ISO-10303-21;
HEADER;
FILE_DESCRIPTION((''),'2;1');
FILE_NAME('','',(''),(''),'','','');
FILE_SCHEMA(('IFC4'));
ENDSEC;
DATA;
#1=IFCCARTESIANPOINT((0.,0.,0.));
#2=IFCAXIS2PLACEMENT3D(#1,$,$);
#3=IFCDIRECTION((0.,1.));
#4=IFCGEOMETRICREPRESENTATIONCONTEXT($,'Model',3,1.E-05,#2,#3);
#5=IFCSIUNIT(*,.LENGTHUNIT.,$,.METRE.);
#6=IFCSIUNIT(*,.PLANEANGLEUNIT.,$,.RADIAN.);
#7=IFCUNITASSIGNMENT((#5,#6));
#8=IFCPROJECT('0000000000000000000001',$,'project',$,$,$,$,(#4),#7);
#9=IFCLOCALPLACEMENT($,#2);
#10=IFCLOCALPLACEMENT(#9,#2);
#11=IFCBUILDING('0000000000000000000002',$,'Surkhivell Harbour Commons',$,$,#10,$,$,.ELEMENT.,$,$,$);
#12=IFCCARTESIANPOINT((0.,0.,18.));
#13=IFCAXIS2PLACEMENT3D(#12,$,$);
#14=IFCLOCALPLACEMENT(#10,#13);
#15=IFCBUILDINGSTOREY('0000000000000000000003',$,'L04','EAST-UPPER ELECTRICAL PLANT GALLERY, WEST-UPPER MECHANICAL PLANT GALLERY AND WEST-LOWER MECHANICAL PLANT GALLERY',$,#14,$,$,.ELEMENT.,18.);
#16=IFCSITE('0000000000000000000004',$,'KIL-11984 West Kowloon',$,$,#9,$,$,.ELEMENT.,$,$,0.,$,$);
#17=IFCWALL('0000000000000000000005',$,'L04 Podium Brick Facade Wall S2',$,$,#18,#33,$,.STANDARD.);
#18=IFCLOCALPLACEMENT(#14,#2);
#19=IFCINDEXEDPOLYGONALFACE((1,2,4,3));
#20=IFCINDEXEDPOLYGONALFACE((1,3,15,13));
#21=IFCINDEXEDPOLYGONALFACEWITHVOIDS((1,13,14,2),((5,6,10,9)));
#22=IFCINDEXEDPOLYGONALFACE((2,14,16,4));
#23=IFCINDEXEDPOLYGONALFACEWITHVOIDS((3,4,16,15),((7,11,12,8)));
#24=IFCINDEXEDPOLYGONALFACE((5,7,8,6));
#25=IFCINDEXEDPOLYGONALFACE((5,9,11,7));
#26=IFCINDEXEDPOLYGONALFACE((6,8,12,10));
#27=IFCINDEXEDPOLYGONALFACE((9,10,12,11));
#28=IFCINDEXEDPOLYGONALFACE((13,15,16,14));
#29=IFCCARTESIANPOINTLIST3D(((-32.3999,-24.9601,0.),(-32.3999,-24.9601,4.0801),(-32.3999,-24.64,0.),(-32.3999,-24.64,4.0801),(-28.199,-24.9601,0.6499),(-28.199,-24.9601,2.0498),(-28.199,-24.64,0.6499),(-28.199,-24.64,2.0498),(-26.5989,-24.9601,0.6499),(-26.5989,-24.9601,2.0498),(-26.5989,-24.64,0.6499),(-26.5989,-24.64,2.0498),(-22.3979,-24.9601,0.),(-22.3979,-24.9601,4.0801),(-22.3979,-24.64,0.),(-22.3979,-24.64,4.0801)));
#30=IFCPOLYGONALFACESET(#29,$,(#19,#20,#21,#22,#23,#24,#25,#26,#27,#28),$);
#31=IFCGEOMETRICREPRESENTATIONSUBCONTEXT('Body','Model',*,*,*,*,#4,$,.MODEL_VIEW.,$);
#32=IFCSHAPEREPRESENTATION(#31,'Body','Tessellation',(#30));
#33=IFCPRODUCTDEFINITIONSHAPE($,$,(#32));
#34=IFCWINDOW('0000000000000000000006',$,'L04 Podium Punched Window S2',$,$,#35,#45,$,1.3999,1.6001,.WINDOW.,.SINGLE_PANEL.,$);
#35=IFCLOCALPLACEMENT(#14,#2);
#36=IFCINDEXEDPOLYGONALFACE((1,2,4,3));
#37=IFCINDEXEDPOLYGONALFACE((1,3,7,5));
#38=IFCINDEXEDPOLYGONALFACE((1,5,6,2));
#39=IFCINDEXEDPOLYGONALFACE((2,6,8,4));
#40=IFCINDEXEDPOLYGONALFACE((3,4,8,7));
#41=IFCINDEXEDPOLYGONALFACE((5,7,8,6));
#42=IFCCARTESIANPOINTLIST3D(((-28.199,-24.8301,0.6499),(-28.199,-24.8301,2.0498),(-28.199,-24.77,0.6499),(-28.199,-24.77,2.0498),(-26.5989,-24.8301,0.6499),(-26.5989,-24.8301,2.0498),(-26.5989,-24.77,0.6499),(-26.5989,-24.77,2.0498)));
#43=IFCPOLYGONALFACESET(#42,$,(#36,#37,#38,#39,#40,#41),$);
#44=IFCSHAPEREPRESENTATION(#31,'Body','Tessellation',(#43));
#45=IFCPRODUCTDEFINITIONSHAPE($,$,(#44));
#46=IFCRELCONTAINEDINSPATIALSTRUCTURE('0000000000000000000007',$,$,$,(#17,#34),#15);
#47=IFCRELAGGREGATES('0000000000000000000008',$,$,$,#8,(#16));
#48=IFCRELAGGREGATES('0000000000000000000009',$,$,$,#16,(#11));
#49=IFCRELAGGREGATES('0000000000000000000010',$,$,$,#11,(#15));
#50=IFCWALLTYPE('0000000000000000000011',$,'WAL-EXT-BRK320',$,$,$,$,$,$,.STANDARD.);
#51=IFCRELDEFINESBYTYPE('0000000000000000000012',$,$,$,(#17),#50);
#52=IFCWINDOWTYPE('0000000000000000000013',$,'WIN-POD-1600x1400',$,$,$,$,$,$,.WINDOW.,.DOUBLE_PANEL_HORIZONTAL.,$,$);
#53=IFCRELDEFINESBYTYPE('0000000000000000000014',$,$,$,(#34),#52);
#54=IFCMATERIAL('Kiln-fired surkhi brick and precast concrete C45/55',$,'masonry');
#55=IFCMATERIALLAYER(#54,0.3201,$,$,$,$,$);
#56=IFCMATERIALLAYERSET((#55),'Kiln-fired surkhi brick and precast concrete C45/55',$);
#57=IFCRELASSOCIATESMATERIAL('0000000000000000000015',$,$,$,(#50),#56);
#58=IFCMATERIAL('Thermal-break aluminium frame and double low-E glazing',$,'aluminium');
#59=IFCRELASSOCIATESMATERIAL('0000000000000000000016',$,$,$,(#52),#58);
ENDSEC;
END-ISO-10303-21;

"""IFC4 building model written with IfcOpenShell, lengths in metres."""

from ifc_helpers import new_model, si_unit, direction, frame, frame_2d, origin, place, context, subcontext, project, spatial, rectangle, extrude, material, layer, layer_set, type_object, element, fill, save


model = new_model("IFC4")

# Units and contexts
model_context = context("Model", 3, precision=1e-05, world=origin(), true_north=direction((0.0, 1.0)))
body_context = subcontext(model_context, "Body", "Model", "MODEL_VIEW")
ifc_project = project(units=[si_unit("LENGTHUNIT", "METRE"), si_unit("PLANEANGLEUNIT", "RADIAN")], contexts=[model_context])

# Site, building, storey
site_placement = place(None, origin())
site = spatial("IfcSite", under=ifc_project, at=site_placement, Name="KIL-11984 West Kowloon", CompositionType="ELEMENT", RefElevation=0.0)
building_placement = place(site_placement, origin())
building = spatial("IfcBuilding", under=site, at=building_placement, Name="Surkhivell Harbour Commons", CompositionType="ELEMENT")
storey_placement = place(building_placement, frame((0.0, 0.0, 18.0)))
storey = spatial("IfcBuildingStorey", under=building, at=storey_placement, Name="L04", Description="EAST-UPPER ELECTRICAL PLANT GALLERY, WEST-UPPER MECHANICAL PLANT GALLERY AND WEST-LOWER MECHANICAL PLANT GALLERY", CompositionType="ELEMENT", Elevation=18.0)

# Wall, opening, window
ifc_material_1 = material(Name="Kiln-fired surkhi brick and precast concrete C45/55", Category="masonry")
ifc_layer_1 = layer(ifc_material_1, 0.3201)
ifc_layer_set_1 = layer_set([ifc_layer_1], Name="Kiln-fired surkhi brick and precast concrete C45/55")
wall_type = type_object("IfcWallType", Name="WAL-EXT-BRK320", PredefinedType="STANDARD", material=ifc_layer_set_1)
wall_placement = place(storey_placement, frame((-22.3979, -24.8, 0.0), z_axis=(0.0, 0.0, 1.0), x_axis=(-1.0, 0.0, 0.0)))
wall = element("IfcWall", 1, at=wall_placement, inside=storey, type_object=wall_type, Name="L04 Podium Brick Facade Wall S2", PredefinedType="STANDARD", context=body_context, shape_type="SweptSolid", body=[
    extrude(rectangle(XDim=10.002, YDim=0.3201, at=frame_2d((5.001, 0.0))), origin(), (0.0, 0.0, 1.0), 4.0801),
])
opening_placement = place(wall_placement, frame((4.2009, 0.0, 0.6499)))
opening = element("IfcOpeningElement", 2, at=opening_placement, cuts=wall, PredefinedType="OPENING", context=body_context, shape_type="SweptSolid", body=[
    extrude(rectangle(XDim=1.6001, YDim=1.3999, at=frame_2d((0.8, 0.7))), frame((0.0, 0.1699, 0.0), z_axis=(0.0, -1.0, 0.0), x_axis=(1.0, 0.0, 0.0)), (0.0, 0.0, 1.0), 0.3401),
])
ifc_material_2 = material(Name="Thermal-break aluminium frame and double low-E glazing", Category="aluminium")
window_type = type_object("IfcWindowType", Name="WIN-POD-1600x1400", PartitioningType="DOUBLE_PANEL_HORIZONTAL", PredefinedType="WINDOW", material=ifc_material_2)
window_placement = place(opening_placement, origin())
window = element("IfcWindow", 3, at=window_placement, inside=storey, type_object=window_type, Name="L04 Podium Punched Window S2", OverallHeight=1.3999, OverallWidth=1.6001, PartitioningType="SINGLE_PANEL", PredefinedType="WINDOW", context=body_context, shape_type="SweptSolid", body=[
    extrude(rectangle(XDim=1.6001, YDim=1.3999, at=frame_2d((0.8, 0.7))), frame((0.0, 0.03, 0.0), z_axis=(0.0, -1.0, 0.0), x_axis=(1.0, 0.0, 0.0)), (0.0, 0.0, 1.0), 0.0601),
])
fill(opening, window)

save(model, "model.ifc")
